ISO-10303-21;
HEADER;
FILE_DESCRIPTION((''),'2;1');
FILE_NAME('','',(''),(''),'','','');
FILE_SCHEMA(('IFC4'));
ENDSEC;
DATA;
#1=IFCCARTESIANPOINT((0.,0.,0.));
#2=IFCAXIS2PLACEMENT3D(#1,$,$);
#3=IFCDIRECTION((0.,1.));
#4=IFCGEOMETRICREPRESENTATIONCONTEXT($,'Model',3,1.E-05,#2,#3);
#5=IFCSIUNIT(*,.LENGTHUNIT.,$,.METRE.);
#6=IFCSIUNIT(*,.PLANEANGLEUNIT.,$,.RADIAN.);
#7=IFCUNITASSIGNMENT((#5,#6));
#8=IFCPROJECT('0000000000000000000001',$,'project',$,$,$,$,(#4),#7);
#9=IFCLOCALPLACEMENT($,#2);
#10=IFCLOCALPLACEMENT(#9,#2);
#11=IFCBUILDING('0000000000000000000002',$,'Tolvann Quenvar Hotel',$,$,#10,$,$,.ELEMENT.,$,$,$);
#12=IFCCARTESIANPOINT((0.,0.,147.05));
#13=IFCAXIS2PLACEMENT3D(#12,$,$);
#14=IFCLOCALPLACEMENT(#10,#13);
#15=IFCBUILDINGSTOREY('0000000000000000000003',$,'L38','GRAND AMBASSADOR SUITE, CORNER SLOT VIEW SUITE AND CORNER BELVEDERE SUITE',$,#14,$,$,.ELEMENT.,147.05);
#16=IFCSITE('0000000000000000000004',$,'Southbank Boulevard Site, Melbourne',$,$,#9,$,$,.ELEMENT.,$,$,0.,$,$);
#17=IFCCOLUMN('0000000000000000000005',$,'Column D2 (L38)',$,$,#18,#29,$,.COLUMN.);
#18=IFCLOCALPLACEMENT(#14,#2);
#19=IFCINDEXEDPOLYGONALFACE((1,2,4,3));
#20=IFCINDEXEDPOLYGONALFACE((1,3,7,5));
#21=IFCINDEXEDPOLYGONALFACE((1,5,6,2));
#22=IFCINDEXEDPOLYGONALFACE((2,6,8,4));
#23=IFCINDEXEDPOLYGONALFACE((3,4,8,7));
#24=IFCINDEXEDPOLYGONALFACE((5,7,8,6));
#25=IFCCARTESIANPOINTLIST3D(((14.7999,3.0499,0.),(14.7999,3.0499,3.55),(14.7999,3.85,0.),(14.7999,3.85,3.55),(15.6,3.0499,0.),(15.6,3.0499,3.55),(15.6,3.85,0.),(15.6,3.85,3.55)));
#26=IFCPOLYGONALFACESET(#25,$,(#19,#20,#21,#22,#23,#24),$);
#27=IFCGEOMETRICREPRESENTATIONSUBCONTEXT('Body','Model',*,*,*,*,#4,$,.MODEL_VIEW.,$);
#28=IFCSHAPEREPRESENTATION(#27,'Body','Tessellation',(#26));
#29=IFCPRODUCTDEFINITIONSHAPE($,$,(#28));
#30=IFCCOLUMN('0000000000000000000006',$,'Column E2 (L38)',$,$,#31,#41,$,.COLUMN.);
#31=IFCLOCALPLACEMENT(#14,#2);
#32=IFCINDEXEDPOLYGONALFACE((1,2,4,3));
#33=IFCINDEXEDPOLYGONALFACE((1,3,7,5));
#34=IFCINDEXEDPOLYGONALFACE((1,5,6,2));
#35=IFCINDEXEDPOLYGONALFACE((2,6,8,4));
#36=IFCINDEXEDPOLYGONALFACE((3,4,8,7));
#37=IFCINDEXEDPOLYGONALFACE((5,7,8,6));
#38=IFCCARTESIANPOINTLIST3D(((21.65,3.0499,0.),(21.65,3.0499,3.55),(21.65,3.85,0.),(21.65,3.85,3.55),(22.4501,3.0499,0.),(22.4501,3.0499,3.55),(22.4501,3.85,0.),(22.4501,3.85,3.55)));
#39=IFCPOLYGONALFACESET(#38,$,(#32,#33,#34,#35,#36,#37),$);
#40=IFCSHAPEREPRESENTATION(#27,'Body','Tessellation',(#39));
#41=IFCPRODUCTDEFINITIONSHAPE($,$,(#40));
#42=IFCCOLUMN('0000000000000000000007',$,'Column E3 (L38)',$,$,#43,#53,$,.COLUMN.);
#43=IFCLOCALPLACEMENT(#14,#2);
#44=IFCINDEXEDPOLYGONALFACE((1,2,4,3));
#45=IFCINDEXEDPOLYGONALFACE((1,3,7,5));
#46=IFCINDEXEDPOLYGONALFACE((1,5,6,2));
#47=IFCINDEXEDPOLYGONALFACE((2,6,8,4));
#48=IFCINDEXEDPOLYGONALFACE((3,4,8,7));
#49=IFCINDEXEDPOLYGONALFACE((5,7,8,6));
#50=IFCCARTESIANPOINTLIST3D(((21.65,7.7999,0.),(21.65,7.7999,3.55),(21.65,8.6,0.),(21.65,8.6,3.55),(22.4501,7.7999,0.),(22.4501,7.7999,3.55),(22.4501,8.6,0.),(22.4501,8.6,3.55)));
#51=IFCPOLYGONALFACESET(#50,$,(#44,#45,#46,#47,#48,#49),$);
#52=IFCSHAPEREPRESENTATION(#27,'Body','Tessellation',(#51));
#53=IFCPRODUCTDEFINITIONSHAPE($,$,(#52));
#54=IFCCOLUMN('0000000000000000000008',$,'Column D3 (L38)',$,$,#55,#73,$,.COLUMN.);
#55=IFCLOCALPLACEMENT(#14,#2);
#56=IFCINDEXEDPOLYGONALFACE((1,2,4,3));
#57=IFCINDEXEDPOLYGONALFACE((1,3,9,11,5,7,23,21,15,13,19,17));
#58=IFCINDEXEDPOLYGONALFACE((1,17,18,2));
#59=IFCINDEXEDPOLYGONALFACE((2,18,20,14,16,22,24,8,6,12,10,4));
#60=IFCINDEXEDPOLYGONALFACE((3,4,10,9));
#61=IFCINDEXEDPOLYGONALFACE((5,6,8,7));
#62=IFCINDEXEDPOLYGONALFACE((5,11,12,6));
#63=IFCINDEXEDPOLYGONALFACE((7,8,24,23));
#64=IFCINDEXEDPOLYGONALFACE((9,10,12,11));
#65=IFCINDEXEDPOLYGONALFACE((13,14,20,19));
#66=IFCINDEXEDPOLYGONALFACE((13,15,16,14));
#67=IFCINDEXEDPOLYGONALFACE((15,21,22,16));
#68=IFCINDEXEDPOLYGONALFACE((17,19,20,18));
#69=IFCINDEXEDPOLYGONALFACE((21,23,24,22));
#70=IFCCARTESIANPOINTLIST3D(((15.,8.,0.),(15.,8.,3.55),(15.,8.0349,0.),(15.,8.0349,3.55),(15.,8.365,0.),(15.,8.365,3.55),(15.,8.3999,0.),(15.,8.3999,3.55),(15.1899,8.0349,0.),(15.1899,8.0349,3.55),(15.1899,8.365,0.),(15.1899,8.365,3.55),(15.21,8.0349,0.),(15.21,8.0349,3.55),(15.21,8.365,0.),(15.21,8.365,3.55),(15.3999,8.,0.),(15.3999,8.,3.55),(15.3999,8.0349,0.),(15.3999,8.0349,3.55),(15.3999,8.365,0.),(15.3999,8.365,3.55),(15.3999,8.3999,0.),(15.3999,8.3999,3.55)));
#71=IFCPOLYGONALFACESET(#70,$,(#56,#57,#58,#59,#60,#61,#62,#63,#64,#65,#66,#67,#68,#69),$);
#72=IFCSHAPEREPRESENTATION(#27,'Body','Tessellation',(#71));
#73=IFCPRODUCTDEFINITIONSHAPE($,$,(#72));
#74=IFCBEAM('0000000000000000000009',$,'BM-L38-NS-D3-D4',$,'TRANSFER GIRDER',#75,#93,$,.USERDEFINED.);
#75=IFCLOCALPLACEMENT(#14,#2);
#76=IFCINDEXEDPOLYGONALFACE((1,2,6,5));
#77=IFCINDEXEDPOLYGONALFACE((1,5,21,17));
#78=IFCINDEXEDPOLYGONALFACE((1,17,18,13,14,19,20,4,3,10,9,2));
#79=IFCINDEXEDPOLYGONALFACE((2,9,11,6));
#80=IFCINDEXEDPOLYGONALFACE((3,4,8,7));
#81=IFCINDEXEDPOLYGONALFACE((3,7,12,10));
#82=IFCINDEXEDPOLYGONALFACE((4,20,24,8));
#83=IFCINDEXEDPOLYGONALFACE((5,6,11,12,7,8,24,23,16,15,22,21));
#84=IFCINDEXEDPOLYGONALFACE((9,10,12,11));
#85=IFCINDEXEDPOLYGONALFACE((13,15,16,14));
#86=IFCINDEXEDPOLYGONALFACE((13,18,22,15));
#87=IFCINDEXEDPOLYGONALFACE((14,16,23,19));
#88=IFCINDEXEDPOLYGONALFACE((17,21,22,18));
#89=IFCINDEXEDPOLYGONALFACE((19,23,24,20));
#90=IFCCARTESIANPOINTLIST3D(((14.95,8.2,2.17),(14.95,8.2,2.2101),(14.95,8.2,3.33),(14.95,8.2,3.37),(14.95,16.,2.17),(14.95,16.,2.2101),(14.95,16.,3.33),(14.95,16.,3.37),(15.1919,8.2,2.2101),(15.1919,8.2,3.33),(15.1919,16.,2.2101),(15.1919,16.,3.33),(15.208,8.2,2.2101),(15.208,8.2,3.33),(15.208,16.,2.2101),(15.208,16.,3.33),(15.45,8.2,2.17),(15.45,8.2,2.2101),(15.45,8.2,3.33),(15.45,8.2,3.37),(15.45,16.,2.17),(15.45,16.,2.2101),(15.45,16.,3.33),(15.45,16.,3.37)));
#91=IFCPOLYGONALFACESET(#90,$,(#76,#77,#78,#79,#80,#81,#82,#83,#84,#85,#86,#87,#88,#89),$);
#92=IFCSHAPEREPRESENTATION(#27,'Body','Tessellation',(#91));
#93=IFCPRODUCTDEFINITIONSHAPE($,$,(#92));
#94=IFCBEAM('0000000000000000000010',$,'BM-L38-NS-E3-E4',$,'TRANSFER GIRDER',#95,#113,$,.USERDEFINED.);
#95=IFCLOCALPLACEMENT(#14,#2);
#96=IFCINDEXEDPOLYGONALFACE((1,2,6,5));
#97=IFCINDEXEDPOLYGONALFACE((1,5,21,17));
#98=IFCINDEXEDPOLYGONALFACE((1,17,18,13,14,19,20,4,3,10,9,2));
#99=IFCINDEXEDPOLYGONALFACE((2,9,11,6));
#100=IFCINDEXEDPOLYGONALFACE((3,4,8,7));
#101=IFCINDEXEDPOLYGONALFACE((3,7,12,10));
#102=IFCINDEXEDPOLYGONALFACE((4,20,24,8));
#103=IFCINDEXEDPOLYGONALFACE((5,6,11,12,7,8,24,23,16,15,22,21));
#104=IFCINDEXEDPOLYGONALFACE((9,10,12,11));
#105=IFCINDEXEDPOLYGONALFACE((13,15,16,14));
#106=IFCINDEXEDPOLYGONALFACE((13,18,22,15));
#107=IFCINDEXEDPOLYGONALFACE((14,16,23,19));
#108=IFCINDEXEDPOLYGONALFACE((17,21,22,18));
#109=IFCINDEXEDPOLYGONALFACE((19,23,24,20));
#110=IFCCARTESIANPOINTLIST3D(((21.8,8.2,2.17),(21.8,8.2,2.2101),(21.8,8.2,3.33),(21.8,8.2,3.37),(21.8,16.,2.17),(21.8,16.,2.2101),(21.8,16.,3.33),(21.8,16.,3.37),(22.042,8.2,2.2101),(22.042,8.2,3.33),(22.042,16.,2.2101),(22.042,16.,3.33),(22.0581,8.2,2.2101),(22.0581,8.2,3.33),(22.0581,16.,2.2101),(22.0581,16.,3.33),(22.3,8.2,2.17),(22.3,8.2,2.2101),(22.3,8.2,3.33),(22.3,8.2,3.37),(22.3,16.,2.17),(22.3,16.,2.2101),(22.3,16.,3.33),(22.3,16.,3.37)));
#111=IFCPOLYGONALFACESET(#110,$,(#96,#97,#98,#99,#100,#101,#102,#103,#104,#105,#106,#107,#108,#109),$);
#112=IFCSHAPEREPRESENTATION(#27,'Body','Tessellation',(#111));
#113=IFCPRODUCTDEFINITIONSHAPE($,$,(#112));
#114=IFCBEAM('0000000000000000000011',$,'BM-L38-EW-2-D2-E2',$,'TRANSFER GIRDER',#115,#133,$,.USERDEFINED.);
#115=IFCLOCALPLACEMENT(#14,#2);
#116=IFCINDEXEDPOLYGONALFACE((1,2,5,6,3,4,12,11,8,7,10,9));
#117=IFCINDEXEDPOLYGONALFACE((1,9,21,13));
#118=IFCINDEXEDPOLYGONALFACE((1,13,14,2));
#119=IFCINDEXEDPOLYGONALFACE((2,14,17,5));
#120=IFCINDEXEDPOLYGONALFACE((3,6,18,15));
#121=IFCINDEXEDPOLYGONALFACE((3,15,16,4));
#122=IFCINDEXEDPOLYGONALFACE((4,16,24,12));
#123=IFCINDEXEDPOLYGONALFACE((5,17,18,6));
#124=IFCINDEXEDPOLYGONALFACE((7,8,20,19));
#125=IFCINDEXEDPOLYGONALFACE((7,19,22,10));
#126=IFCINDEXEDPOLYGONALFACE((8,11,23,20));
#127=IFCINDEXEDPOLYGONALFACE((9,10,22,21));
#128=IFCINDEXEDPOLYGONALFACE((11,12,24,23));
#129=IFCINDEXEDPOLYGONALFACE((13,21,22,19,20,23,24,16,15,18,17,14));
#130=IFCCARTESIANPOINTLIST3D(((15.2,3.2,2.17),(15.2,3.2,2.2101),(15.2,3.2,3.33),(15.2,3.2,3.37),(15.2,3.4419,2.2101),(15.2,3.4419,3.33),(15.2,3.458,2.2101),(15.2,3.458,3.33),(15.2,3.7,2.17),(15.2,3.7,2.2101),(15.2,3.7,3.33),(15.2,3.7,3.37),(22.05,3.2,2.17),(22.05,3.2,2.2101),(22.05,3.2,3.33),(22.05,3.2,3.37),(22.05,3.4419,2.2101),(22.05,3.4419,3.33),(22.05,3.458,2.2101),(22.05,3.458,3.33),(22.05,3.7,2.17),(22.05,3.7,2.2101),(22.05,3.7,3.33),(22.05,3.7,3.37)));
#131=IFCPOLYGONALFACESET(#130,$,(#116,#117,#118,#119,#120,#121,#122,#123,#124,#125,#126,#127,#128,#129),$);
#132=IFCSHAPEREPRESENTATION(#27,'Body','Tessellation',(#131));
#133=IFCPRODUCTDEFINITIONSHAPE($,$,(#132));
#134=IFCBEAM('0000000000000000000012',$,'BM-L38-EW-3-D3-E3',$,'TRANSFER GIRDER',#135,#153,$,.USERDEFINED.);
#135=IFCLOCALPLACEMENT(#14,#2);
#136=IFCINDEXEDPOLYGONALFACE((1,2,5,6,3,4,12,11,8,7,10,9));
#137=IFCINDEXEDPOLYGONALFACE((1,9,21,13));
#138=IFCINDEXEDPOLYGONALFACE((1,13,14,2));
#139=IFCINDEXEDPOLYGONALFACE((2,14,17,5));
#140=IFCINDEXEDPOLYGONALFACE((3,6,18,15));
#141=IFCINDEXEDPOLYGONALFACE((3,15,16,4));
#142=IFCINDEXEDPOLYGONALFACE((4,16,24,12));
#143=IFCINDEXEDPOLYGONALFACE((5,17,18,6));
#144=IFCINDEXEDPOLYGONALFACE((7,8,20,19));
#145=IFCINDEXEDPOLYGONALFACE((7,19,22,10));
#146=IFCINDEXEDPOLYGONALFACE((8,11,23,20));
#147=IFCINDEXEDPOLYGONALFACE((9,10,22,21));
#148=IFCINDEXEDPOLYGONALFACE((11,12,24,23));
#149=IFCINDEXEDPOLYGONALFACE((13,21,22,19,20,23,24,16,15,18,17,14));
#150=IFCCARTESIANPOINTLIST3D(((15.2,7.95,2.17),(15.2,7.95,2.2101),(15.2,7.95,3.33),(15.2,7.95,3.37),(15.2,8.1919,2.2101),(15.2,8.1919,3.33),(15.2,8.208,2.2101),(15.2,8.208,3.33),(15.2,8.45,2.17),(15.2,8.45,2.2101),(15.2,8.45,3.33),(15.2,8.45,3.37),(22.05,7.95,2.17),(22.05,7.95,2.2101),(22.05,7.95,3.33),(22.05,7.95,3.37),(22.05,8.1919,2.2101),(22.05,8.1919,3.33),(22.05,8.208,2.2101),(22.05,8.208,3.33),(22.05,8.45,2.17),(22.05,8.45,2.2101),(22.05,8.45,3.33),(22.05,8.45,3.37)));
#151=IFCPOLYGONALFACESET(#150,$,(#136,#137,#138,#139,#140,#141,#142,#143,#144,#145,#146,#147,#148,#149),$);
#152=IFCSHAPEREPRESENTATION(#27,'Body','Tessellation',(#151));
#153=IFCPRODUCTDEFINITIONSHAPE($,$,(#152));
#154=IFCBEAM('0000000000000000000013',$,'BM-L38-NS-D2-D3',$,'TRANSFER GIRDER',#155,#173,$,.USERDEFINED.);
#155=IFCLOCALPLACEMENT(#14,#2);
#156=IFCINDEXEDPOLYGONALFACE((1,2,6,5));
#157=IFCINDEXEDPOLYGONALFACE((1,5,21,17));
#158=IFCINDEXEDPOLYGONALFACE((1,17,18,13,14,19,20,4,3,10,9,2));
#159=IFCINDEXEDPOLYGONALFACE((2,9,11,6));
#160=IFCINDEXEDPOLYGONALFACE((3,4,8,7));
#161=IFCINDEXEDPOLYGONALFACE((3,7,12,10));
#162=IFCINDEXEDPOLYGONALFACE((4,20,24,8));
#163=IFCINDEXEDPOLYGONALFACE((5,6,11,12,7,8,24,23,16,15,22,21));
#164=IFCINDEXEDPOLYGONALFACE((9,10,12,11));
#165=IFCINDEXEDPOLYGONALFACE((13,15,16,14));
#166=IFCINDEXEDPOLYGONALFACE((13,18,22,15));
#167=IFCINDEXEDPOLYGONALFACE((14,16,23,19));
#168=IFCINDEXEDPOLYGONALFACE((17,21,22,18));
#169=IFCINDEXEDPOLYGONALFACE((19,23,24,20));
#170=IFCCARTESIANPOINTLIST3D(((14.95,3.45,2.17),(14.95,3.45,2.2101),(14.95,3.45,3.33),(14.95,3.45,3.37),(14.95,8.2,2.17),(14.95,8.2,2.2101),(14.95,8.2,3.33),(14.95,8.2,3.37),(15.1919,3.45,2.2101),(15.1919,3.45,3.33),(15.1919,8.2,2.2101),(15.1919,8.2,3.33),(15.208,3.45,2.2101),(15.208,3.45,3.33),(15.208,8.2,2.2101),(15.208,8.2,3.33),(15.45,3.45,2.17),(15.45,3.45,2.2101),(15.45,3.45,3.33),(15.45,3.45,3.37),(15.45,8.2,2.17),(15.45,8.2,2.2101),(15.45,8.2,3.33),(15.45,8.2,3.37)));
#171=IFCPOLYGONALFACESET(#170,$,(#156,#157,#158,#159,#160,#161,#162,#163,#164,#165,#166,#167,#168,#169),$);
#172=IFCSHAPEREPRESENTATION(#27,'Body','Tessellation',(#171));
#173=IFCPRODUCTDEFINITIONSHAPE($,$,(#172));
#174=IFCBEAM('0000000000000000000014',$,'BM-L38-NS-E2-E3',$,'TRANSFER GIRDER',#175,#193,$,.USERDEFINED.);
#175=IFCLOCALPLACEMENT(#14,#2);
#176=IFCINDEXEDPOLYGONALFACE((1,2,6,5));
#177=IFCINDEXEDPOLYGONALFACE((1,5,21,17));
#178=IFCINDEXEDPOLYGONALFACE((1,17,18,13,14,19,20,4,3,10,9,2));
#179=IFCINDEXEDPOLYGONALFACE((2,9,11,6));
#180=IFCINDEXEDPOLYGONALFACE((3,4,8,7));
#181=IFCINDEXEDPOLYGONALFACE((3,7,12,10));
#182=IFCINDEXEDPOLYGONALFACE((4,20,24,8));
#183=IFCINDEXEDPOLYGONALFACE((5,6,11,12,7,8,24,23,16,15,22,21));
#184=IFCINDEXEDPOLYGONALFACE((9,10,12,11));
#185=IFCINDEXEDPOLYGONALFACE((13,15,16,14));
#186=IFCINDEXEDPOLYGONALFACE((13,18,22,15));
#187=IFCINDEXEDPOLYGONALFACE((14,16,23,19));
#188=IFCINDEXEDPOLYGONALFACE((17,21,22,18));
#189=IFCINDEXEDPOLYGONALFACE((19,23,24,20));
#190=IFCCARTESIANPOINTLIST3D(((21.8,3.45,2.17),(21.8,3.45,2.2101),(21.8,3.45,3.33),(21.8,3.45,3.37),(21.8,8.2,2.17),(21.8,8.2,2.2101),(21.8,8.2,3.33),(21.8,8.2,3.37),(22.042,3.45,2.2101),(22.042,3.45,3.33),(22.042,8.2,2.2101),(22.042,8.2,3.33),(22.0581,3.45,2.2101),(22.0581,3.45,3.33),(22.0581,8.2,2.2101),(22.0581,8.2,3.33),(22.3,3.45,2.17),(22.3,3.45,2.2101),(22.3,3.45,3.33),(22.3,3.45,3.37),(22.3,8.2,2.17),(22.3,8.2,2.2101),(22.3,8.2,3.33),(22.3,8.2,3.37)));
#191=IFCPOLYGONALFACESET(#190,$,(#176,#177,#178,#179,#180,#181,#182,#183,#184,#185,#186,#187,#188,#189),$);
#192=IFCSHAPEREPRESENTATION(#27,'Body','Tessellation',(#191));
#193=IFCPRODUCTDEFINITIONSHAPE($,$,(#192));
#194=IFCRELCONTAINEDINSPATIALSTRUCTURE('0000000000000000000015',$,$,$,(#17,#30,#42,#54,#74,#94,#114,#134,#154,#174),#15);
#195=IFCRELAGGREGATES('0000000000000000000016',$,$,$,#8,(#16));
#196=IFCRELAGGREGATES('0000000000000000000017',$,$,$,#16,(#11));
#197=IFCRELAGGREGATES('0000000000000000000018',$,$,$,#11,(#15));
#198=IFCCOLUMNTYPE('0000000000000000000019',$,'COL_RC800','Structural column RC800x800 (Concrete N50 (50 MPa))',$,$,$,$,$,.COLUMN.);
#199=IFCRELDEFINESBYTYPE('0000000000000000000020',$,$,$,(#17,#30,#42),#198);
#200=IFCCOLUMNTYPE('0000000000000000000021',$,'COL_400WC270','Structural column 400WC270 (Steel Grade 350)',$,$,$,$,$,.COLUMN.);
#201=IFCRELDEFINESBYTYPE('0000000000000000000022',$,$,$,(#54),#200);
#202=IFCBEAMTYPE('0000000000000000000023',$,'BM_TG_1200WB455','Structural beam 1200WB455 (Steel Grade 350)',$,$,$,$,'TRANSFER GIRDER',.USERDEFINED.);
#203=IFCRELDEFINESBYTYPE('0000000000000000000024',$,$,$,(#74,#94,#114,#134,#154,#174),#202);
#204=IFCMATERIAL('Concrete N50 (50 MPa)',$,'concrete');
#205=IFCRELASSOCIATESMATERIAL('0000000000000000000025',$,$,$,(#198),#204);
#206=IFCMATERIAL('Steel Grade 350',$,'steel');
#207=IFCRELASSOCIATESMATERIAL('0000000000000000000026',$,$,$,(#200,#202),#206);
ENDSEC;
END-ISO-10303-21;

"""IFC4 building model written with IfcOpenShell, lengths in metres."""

from ifc_helpers import new_model, si_unit, direction, frame, origin, origin_2d, place, context, subcontext, project, spatial, rectangle, i_section, extrude, source, transform, mapped, material, material_profile, profile_set, type_object, type_shapes, element, save


model = new_model("IFC4")

# Units and contexts
model_context = context("Model", 3, precision=1e-05, world=origin(), true_north=direction((0.0, 1.0)))
body_context = subcontext(model_context, "Body", "Model", "MODEL_VIEW")
ifc_project = project(units=[si_unit("LENGTHUNIT", "METRE"), si_unit("PLANEANGLEUNIT", "RADIAN")], contexts=[model_context])

# Site, building, storey
site_placement = place(None, origin())
site = spatial("IfcSite", under=ifc_project, at=site_placement, Name="Southbank Boulevard Site, Melbourne", CompositionType="ELEMENT", RefElevation=0.0)
building_placement = place(site_placement, origin())
building = spatial("IfcBuilding", under=site, at=building_placement, Name="Tolvann Quenvar Hotel", CompositionType="ELEMENT")
storey_placement = place(building_placement, frame((0.0, 0.0, 147.05)))
storey = spatial("IfcBuildingStorey", under=building, at=storey_placement, Name="L38", Description="GRAND AMBASSADOR SUITE, CORNER SLOT VIEW SUITE AND CORNER BELVEDERE SUITE", CompositionType="ELEMENT", Elevation=147.05)

# Columns
ifc_material_1 = material(Name="Concrete N50 (50 MPa)", Category="concrete")
ifc_material_profile_1 = material_profile(ifc_material_1, rectangle(XDim=0.8, YDim=0.8, at=origin_2d()), Name="RC800x800")
ifc_profile_set_1 = profile_set([ifc_material_profile_1], Name="Concrete N50 (50 MPa)")
column_type_1 = type_object("IfcColumnType", Name="COL_RC800", Description="Structural column RC800x800 (Concrete N50 (50 MPa))", PredefinedType="COLUMN", material=ifc_profile_set_1)
shared_shape_1 = source(origin(), body_context, "Body", "SweptSolid", [
    extrude(rectangle(XDim=0.8, YDim=0.8, at=origin_2d()), origin(), (0.0, 0.0, 1.0), 3.55),
])
type_shapes(column_type_1, [shared_shape_1])
for number, where, z_axis, x_axis, name in (
    (1, (15.2, 3.45, 0.0), (0.0, 0.0, 1.0), (1.0, 0.0, 0.0), "Column D2 (L38)"),
    (2, (22.05, 3.45, 0.0), (0.0, 0.0, 1.0), (1.0, 0.0, 0.0), "Column E2 (L38)"),
    (3, (22.05, 8.2, 0.0), (0.0, 0.0, 1.0), (1.0, 0.0, 0.0), "Column E3 (L38)"),
):
    element("IfcColumn", number, at=place(storey_placement, frame(where, z_axis=z_axis, x_axis=x_axis)), inside=storey, type_object=column_type_1, Name=name, PredefinedType="COLUMN", context=body_context, shape_type="MappedRepresentation", body=[
        mapped(shared_shape_1, transform((0.0, 0.0, 0.0), x_axis=(1.0, 0.0, 0.0), y_axis=(0.0, 1.0, 0.0), z_axis=(0.0, 0.0, 1.0), scale=1.0)),
    ])
ifc_material_2 = material(Name="Steel Grade 350", Category="steel")
ifc_material_profile_2 = material_profile(ifc_material_2, i_section(OverallWidth=0.3999, OverallDepth=0.3999, WebThickness=0.02, FlangeThickness=0.0349, at=origin_2d()), Name="400WC270")
ifc_profile_set_2 = profile_set([ifc_material_profile_2], Name="Steel Grade 350")
column_type_2 = type_object("IfcColumnType", Name="COL_400WC270", Description="Structural column 400WC270 (Steel Grade 350)", PredefinedType="COLUMN", material=ifc_profile_set_2)
shared_shape_2 = source(origin(), body_context, "Body", "SweptSolid", [
    extrude(i_section(OverallWidth=0.3999, OverallDepth=0.3999, WebThickness=0.02, FlangeThickness=0.0349, at=origin_2d()), origin(), (0.0, 0.0, 1.0), 3.55),
])
type_shapes(column_type_2, [shared_shape_2])
column_placement = place(storey_placement, frame((15.2, 8.2, 0.0), z_axis=(0.0, 0.0, 1.0), x_axis=(1.0, 0.0, 0.0)))
element("IfcColumn", 4, at=column_placement, inside=storey, type_object=column_type_2, Name="Column D3 (L38)", PredefinedType="COLUMN", context=body_context, shape_type="MappedRepresentation", body=[
    mapped(shared_shape_2, transform((0.0, 0.0, 0.0), x_axis=(1.0, 0.0, 0.0), y_axis=(0.0, 1.0, 0.0), z_axis=(0.0, 0.0, 1.0), scale=1.0)),
])

# Beams
ifc_material_profile_3 = material_profile(ifc_material_2, i_section(OverallWidth=0.5, OverallDepth=1.2, WebThickness=0.0161, FlangeThickness=0.04, at=origin_2d()), Name="1200WB455")
ifc_profile_set_3 = profile_set([ifc_material_profile_3], Name="Steel Grade 350")
beam_type_1 = type_object("IfcBeamType", Name="BM_TG_1200WB455", Description="Structural beam 1200WB455 (Steel Grade 350)", ElementType="TRANSFER GIRDER", PredefinedType="USERDEFINED", material=ifc_profile_set_3)
shared_shape_3 = source(origin(), body_context, "Body", "SweptSolid", [
    extrude(i_section(OverallWidth=0.5, OverallDepth=1.2, WebThickness=0.0161, FlangeThickness=0.04, at=origin_2d()), origin(), (0.0, 0.0, 1.0), 7.8),
])
for number, where, z_axis, x_axis, name in (
    (5, (15.2, 8.2, 2.77), (0.0, 1.0, 0.0), (-1.0, 0.0, 0.0), "BM-L38-NS-D3-D4"),
    (6, (22.05, 8.2, 2.77), (0.0, 1.0, 0.0), (-1.0, 0.0, 0.0), "BM-L38-NS-E3-E4"),
):
    element("IfcBeam", number, at=place(storey_placement, frame(where, z_axis=z_axis, x_axis=x_axis)), inside=storey, type_object=beam_type_1, Name=name, ObjectType="TRANSFER GIRDER", PredefinedType="USERDEFINED", context=body_context, shape_type="MappedRepresentation", body=[
        mapped(shared_shape_3, transform((0.0, 0.0, 0.0), x_axis=(1.0, 0.0, 0.0), y_axis=(0.0, 1.0, 0.0), z_axis=(0.0, 0.0, 1.0), scale=1.0)),
    ])
shared_shape_4 = source(origin(), body_context, "Body", "SweptSolid", [
    extrude(i_section(OverallWidth=0.5, OverallDepth=1.2, WebThickness=0.0161, FlangeThickness=0.04, at=origin_2d()), origin(), (0.0, 0.0, 1.0), 6.8501),
])
for number, where, z_axis, x_axis, name in (
    (7, (15.2, 3.45, 2.77), (1.0, 0.0, 0.0), (0.0, 1.0, 0.0), "BM-L38-EW-2-D2-E2"),
    (8, (15.2, 8.2, 2.77), (1.0, 0.0, 0.0), (0.0, 1.0, 0.0), "BM-L38-EW-3-D3-E3"),
):
    element("IfcBeam", number, at=place(storey_placement, frame(where, z_axis=z_axis, x_axis=x_axis)), inside=storey, type_object=beam_type_1, Name=name, ObjectType="TRANSFER GIRDER", PredefinedType="USERDEFINED", context=body_context, shape_type="MappedRepresentation", body=[
        mapped(shared_shape_4, transform((0.0, 0.0, 0.0), x_axis=(1.0, 0.0, 0.0), y_axis=(0.0, 1.0, 0.0), z_axis=(0.0, 0.0, 1.0), scale=1.0)),
    ])
shared_shape_5 = source(origin(), body_context, "Body", "SweptSolid", [
    extrude(i_section(OverallWidth=0.5, OverallDepth=1.2, WebThickness=0.0161, FlangeThickness=0.04, at=origin_2d()), origin(), (0.0, 0.0, 1.0), 4.75),
])
type_shapes(beam_type_1, [shared_shape_3, shared_shape_4, shared_shape_5])
for number, where, z_axis, x_axis, name in (
    (9, (15.2, 3.45, 2.77), (0.0, 1.0, 0.0), (-1.0, 0.0, 0.0), "BM-L38-NS-D2-D3"),
    (10, (22.05, 3.45, 2.77), (0.0, 1.0, 0.0), (-1.0, 0.0, 0.0), "BM-L38-NS-E2-E3"),
):
    element("IfcBeam", number, at=place(storey_placement, frame(where, z_axis=z_axis, x_axis=x_axis)), inside=storey, type_object=beam_type_1, Name=name, ObjectType="TRANSFER GIRDER", PredefinedType="USERDEFINED", context=body_context, shape_type="MappedRepresentation", body=[
        mapped(shared_shape_5, transform((0.0, 0.0, 0.0), x_axis=(1.0, 0.0, 0.0), y_axis=(0.0, 1.0, 0.0), z_axis=(0.0, 0.0, 1.0), scale=1.0)),
    ])

save(model, "model.ifc")
